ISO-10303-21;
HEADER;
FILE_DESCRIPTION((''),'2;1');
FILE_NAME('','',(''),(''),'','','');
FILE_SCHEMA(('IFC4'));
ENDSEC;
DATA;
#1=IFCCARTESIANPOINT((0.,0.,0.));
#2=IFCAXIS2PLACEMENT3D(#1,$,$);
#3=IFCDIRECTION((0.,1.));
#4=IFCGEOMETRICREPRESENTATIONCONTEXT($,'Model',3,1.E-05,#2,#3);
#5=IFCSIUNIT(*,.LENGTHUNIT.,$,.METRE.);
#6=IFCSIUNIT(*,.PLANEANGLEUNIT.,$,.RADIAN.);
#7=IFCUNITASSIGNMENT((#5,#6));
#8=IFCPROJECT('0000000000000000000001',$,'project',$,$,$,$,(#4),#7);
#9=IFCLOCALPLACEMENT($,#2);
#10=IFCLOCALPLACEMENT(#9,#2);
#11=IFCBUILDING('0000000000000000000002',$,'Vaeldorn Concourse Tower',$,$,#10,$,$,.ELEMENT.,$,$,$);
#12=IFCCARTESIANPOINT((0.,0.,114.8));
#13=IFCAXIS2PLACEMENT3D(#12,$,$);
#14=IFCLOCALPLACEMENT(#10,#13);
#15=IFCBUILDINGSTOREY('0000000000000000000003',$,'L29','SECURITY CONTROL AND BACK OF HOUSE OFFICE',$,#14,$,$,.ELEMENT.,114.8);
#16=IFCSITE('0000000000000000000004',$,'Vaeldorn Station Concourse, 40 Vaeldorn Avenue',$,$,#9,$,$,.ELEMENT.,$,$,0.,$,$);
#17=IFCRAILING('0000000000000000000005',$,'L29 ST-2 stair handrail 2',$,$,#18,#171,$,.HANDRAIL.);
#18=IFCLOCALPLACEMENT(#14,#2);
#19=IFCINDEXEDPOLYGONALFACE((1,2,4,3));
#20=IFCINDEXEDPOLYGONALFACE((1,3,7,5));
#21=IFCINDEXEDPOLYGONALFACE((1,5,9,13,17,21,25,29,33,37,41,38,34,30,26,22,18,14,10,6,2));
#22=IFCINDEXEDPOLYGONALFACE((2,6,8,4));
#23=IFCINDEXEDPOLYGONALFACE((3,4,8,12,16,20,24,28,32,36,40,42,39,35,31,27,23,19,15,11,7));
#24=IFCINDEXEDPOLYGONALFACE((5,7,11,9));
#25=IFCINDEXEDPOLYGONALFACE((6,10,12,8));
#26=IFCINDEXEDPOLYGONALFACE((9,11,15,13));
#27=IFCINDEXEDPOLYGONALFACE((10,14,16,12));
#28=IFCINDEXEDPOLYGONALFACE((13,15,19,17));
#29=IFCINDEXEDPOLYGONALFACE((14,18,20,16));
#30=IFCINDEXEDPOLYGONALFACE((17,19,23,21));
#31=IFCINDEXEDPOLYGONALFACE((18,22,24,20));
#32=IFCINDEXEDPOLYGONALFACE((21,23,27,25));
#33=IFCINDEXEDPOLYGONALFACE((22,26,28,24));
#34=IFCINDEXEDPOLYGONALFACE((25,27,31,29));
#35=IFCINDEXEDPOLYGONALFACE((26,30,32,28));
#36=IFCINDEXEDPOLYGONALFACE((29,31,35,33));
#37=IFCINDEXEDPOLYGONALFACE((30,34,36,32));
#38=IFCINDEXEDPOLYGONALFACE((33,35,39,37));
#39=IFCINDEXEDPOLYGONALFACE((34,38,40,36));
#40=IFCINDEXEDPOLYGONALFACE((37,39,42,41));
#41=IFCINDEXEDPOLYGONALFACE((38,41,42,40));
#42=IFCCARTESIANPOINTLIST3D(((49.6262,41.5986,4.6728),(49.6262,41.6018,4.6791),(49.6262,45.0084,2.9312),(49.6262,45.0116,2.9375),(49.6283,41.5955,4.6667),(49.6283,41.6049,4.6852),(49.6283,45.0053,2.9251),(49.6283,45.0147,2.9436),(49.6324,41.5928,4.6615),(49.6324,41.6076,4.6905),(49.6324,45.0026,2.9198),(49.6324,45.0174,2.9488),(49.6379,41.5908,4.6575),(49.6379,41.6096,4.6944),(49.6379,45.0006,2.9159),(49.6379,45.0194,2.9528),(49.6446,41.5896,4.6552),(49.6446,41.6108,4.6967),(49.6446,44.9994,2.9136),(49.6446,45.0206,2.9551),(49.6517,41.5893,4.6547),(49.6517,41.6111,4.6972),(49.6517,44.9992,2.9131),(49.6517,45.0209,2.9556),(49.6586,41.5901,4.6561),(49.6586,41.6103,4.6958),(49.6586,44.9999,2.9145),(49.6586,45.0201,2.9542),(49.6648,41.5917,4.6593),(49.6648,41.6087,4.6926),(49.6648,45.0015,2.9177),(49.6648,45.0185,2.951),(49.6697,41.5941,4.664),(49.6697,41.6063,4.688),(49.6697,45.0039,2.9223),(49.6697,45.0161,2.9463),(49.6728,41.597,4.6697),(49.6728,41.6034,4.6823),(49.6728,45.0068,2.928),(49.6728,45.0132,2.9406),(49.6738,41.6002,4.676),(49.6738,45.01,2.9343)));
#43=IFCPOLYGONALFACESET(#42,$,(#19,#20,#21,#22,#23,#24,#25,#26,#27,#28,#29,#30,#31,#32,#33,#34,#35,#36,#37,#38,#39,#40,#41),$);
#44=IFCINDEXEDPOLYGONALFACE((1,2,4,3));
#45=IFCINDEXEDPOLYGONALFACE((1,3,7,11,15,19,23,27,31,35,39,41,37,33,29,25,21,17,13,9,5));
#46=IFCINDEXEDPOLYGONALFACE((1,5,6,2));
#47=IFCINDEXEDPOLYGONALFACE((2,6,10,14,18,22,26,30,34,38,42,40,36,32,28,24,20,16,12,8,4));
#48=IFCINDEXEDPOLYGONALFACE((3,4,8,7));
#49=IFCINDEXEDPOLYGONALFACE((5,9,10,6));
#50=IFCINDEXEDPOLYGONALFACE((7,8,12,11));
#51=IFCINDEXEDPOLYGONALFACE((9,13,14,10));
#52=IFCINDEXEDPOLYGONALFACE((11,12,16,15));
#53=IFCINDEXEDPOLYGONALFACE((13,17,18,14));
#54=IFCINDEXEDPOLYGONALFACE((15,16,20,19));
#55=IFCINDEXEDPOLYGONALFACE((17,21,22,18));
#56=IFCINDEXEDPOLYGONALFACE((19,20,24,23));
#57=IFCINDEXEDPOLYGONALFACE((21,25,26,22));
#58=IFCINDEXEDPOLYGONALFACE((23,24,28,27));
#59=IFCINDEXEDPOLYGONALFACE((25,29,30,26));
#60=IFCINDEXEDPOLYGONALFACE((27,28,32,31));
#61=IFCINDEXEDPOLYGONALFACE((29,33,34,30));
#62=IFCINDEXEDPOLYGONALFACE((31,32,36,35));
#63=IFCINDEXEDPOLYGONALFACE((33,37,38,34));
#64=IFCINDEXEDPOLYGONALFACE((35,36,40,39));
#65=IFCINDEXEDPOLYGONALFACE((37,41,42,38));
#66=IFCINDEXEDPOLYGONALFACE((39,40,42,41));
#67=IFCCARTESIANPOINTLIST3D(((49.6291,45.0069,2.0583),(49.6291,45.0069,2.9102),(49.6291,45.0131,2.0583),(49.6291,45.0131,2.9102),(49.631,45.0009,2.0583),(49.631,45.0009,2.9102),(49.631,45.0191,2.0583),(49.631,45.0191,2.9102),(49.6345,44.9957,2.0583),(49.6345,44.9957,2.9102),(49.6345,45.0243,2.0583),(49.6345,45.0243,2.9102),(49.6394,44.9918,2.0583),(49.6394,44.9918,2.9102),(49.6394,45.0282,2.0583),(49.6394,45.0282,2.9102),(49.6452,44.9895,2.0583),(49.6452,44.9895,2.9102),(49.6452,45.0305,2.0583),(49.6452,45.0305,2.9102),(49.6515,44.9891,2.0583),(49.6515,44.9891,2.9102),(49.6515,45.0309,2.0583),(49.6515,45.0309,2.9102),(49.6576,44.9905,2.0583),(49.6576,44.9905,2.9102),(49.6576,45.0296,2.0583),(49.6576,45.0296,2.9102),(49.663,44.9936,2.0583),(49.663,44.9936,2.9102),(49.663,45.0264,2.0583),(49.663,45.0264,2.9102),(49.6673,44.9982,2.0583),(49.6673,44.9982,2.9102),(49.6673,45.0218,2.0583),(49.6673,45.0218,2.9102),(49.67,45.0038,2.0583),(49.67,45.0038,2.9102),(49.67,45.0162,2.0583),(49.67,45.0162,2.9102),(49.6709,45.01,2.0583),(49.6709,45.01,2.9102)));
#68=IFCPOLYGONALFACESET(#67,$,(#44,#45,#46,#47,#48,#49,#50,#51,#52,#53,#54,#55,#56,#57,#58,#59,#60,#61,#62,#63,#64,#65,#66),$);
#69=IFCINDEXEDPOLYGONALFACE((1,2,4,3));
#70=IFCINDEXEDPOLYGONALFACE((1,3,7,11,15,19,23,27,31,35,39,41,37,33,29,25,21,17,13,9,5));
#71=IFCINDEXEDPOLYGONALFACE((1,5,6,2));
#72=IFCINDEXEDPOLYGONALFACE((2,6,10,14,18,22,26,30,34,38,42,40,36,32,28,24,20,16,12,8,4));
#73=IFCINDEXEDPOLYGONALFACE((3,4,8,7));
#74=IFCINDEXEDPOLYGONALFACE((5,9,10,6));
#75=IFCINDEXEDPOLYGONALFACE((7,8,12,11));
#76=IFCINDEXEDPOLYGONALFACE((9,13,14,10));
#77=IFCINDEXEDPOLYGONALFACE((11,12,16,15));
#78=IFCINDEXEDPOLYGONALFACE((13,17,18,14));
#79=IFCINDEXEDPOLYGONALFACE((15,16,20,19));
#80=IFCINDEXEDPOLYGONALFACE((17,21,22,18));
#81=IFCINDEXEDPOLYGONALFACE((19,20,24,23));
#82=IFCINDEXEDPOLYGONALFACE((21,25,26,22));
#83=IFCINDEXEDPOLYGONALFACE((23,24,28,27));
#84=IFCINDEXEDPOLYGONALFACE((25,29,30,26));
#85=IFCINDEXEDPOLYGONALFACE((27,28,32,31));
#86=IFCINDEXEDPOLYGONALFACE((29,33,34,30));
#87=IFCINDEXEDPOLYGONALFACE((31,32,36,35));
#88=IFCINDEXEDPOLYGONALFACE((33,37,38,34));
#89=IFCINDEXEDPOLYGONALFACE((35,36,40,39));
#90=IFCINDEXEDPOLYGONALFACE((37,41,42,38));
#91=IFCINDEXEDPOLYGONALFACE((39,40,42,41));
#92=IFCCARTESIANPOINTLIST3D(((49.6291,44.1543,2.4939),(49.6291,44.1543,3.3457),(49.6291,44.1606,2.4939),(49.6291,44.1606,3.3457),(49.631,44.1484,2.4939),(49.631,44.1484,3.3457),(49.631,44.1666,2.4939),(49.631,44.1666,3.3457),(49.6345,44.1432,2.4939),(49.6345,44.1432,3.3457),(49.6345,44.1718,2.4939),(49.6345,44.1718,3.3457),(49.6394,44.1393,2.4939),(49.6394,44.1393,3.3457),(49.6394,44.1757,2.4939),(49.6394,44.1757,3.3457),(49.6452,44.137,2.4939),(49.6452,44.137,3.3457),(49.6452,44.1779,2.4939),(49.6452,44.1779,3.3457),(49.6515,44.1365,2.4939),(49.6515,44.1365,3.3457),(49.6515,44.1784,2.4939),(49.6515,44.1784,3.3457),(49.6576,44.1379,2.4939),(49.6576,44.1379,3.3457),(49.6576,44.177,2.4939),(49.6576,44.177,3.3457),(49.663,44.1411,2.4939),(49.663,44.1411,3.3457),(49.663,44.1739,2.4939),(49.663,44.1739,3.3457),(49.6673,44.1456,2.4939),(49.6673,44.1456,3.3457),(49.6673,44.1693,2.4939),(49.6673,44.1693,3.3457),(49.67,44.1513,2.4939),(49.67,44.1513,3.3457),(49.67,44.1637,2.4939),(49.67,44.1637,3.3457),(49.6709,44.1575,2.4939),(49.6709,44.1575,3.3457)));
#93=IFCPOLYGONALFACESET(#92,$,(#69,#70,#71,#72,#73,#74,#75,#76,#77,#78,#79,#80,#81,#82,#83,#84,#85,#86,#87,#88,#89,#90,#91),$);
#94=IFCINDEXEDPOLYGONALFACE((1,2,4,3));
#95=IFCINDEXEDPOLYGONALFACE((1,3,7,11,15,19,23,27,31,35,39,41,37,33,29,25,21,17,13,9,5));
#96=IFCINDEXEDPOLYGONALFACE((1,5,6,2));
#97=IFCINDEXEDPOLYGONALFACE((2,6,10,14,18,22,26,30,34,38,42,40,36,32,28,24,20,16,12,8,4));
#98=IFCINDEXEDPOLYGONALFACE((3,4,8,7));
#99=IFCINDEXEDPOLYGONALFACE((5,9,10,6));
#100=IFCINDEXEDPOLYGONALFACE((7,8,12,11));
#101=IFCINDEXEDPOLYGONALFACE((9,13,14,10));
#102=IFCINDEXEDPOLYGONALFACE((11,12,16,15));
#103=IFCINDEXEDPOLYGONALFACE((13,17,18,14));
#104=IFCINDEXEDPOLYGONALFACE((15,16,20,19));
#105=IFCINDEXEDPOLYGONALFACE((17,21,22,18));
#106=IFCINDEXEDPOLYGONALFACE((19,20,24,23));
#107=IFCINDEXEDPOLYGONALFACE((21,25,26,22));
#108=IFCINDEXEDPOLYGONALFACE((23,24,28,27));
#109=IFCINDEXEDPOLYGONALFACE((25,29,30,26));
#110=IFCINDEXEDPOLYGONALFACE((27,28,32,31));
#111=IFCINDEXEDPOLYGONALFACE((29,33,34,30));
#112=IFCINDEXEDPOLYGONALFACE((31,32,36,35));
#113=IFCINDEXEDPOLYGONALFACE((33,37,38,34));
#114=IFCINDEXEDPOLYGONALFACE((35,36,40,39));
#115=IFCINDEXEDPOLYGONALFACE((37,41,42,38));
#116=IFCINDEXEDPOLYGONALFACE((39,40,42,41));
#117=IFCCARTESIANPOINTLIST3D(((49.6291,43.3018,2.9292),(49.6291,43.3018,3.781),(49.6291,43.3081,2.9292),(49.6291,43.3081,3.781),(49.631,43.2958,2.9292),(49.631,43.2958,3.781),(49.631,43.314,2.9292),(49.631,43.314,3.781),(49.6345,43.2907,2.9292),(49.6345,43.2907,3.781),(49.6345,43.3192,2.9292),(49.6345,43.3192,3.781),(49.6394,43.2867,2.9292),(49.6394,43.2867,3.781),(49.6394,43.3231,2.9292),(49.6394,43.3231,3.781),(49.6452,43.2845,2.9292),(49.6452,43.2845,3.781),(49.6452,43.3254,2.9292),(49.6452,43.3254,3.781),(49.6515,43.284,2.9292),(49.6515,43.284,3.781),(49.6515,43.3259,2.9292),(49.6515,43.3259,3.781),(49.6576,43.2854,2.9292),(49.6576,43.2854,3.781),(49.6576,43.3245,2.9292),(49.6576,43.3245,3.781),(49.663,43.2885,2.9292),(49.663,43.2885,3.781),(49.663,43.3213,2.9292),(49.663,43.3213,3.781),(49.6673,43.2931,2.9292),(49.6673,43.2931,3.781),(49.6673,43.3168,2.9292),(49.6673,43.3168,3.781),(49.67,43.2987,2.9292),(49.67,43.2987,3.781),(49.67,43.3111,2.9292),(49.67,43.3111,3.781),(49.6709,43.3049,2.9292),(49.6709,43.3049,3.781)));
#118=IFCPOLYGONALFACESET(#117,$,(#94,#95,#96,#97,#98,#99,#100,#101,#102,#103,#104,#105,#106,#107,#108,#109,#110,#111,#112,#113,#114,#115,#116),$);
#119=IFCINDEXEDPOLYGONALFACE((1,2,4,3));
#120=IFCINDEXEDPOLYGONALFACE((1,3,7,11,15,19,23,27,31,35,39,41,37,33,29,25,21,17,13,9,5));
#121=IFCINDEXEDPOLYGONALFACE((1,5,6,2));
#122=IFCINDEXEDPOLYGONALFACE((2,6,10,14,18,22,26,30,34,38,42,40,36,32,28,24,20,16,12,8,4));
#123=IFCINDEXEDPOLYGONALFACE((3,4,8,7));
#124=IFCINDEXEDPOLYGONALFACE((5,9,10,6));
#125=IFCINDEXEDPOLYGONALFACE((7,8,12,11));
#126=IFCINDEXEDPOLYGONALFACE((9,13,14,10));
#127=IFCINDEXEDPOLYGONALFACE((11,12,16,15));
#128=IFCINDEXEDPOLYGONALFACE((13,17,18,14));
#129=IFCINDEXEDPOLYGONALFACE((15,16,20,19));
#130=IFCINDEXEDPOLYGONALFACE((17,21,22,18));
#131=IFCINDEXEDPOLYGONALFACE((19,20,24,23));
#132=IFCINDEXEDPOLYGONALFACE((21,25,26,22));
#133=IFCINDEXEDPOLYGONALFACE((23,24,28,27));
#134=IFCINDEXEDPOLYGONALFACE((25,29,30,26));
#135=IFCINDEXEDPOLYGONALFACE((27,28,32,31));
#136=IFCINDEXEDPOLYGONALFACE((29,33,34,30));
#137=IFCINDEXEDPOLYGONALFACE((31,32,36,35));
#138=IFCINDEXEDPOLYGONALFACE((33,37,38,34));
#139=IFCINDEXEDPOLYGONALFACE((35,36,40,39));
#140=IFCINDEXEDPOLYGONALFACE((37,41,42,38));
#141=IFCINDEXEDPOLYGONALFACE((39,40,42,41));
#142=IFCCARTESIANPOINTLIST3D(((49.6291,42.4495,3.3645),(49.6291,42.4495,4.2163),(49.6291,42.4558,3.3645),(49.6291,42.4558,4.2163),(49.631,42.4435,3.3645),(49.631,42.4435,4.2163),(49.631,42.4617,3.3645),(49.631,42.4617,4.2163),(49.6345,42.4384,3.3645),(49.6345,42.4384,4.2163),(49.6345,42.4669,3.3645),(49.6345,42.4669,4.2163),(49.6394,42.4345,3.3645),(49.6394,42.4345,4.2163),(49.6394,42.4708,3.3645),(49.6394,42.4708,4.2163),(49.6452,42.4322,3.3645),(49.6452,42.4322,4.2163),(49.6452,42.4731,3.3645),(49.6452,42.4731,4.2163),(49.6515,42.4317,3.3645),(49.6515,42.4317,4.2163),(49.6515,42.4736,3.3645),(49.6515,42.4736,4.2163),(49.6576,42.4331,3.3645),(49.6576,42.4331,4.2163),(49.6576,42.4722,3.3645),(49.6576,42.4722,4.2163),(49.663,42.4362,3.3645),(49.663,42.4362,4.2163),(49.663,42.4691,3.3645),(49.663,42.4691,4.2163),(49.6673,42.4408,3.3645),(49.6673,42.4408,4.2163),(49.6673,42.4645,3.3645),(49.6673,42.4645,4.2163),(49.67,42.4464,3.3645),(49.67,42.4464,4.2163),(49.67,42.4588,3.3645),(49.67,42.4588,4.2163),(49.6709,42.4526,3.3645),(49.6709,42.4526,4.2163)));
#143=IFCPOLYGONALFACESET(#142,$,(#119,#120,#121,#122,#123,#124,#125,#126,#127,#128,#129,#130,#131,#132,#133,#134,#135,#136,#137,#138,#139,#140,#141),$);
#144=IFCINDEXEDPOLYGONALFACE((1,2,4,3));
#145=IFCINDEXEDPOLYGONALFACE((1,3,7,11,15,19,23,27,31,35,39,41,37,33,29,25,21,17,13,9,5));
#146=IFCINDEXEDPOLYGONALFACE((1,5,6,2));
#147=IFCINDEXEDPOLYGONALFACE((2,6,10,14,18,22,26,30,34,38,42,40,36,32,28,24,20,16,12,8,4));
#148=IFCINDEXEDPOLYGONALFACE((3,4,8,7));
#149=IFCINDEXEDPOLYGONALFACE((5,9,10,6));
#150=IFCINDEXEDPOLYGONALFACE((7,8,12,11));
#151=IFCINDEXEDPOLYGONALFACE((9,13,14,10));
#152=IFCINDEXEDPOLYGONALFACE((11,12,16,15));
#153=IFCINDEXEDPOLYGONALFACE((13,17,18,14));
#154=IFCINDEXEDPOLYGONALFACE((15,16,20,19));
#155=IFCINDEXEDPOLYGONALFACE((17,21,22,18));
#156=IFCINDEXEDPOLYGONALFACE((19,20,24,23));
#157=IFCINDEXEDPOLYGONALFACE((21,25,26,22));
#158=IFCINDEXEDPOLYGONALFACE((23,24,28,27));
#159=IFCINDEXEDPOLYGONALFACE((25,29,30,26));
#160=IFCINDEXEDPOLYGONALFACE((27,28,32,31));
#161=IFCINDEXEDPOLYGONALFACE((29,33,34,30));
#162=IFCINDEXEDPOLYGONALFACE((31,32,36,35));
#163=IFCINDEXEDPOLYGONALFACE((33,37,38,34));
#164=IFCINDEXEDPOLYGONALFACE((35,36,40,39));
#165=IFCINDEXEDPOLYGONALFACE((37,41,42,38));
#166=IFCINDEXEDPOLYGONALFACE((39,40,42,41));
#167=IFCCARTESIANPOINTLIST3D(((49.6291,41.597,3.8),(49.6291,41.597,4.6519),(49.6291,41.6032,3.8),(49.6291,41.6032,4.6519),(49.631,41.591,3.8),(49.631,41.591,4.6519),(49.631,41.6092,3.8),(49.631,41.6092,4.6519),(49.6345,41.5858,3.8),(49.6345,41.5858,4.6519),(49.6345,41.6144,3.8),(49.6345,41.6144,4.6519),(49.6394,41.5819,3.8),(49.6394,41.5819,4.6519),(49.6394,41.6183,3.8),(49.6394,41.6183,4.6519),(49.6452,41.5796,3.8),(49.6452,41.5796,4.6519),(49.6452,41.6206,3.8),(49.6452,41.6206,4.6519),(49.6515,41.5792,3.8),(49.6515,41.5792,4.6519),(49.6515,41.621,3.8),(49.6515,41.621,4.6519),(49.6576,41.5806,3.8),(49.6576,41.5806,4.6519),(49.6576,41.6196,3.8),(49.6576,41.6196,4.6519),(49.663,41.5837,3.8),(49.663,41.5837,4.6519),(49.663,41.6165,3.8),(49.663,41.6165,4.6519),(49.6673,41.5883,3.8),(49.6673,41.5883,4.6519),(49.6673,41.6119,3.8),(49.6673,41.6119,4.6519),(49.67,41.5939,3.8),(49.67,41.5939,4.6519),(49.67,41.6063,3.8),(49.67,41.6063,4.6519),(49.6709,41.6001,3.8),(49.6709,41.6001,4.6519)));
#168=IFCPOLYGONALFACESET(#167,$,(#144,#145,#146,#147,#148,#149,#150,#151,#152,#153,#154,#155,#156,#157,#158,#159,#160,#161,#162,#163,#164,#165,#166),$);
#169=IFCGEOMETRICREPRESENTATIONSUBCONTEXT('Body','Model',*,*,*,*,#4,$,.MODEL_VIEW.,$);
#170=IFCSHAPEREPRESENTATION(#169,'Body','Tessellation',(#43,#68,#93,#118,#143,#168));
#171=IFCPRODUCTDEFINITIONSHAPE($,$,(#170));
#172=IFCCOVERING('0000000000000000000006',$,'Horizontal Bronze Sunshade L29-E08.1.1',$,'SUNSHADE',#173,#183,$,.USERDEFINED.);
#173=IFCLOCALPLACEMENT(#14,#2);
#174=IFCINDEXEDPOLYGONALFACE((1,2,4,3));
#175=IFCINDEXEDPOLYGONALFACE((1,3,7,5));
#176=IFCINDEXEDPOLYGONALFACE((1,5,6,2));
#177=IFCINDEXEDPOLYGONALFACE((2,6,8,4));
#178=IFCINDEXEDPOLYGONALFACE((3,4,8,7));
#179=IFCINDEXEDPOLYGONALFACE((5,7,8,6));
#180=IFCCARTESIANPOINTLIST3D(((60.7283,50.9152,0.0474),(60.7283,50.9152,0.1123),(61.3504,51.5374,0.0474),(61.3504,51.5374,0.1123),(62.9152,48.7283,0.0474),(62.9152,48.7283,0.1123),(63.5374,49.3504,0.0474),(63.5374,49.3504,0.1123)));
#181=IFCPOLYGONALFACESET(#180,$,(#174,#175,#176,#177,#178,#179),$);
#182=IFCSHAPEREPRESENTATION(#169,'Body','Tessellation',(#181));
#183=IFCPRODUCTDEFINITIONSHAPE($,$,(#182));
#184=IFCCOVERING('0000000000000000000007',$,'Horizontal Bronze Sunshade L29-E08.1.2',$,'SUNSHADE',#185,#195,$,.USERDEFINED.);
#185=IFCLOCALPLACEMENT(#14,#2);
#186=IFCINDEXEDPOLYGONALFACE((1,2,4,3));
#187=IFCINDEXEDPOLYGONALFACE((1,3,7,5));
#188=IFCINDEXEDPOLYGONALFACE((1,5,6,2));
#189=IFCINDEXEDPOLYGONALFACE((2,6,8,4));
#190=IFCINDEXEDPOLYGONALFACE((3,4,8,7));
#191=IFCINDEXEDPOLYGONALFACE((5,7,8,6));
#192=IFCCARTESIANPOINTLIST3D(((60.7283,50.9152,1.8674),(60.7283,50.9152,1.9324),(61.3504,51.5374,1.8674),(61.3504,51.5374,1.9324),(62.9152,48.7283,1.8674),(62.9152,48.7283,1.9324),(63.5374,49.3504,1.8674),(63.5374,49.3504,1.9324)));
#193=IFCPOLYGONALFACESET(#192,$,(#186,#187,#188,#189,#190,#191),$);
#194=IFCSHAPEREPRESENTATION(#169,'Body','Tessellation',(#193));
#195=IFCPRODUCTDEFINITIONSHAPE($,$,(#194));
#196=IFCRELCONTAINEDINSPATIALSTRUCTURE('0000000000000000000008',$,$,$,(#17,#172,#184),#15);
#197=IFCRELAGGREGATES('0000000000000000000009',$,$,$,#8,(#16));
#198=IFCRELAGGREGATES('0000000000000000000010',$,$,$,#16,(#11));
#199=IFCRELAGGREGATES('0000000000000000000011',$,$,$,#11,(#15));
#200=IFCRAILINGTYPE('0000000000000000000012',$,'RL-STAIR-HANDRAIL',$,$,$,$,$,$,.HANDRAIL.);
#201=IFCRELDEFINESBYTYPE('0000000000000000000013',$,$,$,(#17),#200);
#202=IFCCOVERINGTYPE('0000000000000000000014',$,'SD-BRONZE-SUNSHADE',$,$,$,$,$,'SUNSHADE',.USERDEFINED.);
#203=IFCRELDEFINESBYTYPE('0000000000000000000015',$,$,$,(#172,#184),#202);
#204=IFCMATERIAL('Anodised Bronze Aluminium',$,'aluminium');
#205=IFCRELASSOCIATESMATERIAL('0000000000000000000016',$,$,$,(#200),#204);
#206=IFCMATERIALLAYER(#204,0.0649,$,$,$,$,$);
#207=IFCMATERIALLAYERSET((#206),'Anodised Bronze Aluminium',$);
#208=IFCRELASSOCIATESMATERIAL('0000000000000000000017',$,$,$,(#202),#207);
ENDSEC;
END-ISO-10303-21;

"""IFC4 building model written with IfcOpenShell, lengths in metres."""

from ifc_helpers import new_model, si_unit, direction, frame, origin, origin_2d, place, context, subcontext, project, spatial, rectangle, circle, extrude, source, transform, mapped, material, layer, layer_set, type_object, element, save


model = new_model("IFC4")

# Units and contexts
model_context = context("Model", 3, precision=1e-05, world=origin(), true_north=direction((0.0, 1.0)))
body_context = subcontext(model_context, "Body", "Model", "MODEL_VIEW")
ifc_project = project(units=[si_unit("LENGTHUNIT", "METRE"), si_unit("PLANEANGLEUNIT", "RADIAN")], contexts=[model_context])

# Site, building, storey
site_placement = place(None, origin())
site = spatial("IfcSite", under=ifc_project, at=site_placement, Name="Vaeldorn Station Concourse, 40 Vaeldorn Avenue", CompositionType="ELEMENT", RefElevation=0.0)
building_placement = place(site_placement, origin())
building = spatial("IfcBuilding", under=site, at=building_placement, Name="Vaeldorn Concourse Tower", CompositionType="ELEMENT")
storey_placement = place(building_placement, frame((0.0, 0.0, 114.8)))
storey = spatial("IfcBuildingStorey", under=building, at=storey_placement, Name="L29", Description="SECURITY CONTROL AND BACK OF HOUSE OFFICE", CompositionType="ELEMENT", Elevation=114.8)

# Shared definitions
ifc_material_1 = material(Name="Anodised Bronze Aluminium", Category="aluminium")

# Railing
railing_type_1 = type_object("IfcRailingType", Name="RL-STAIR-HANDRAIL", PredefinedType="HANDRAIL", material=ifc_material_1)
railing_1_placement = place(storey_placement, frame((49.6499, 45.01, 2.0583)))
element("IfcRailing", 1, at=railing_1_placement, inside=storey, type_object=railing_type_1, Name="L29 ST-2 stair handrail 2", PredefinedType="HANDRAIL", context=body_context, shape_type="SweptSolid", body=[
    extrude(circle(Radius=0.0239, at=origin_2d()), frame((0.0, 0.0, 0.876), z_axis=(0.0, -0.890556, 0.454874), x_axis=(1.0, 0.0, 0.0)), (0.0, 0.0, 1.0), 3.8289),
    extrude(circle(Radius=0.021, at=origin_2d()), origin(), (0.0, 0.0, 1.0), 0.8518),
    extrude(circle(Radius=0.021, at=origin_2d()), frame((0.0, -0.8525, 0.4355)), (0.0, 0.0, 1.0), 0.8518),
    extrude(circle(Radius=0.021, at=origin_2d()), frame((0.0, -1.7051, 0.8708)), (0.0, 0.0, 1.0), 0.8518),
    extrude(circle(Radius=0.021, at=origin_2d()), frame((0.0, -2.5574, 1.3062)), (0.0, 0.0, 1.0), 0.8518),
    extrude(circle(Radius=0.021, at=origin_2d()), frame((0.0, -3.4099, 1.7417)), (0.0, 0.0, 1.0), 0.8518),
])

# Coverings
ifc_layer_1 = layer(ifc_material_1, 0.0649)
ifc_layer_set_1 = layer_set([ifc_layer_1], Name="Anodised Bronze Aluminium")
covering_type = type_object("IfcCoveringType", Name="SD-BRONZE-SUNSHADE", ElementType="SUNSHADE", PredefinedType="USERDEFINED", material=ifc_layer_set_1)
shared_shape_1 = source(origin(), body_context, "Body", "SweptSolid", [
    extrude(rectangle(XDim=3.0928, YDim=0.8799, at=origin_2d()), origin(), (0.0, 0.0, 1.0), 0.0649),
])
for number, where, z_axis, x_axis, name in (
    (2, (62.1328, 50.1328, 0.0474), (0.0, 0.0, 1.0), (-0.707107, 0.707107, 0.0), "Horizontal Bronze Sunshade L29-E08.1.1"),
    (3, (62.1328, 50.1328, 1.8674), (0.0, 0.0, 1.0), (-0.707107, 0.707107, 0.0), "Horizontal Bronze Sunshade L29-E08.1.2"),
):
    element("IfcCovering", number, at=place(storey_placement, frame(where, z_axis=z_axis, x_axis=x_axis)), inside=storey, type_object=covering_type, Name=name, ObjectType="SUNSHADE", PredefinedType="USERDEFINED", context=body_context, shape_type="MappedRepresentation", body=[
        mapped(shared_shape_1, transform((0.0, 0.0, 0.0), scale=1.0)),
    ])

save(model, "model.ifc")
